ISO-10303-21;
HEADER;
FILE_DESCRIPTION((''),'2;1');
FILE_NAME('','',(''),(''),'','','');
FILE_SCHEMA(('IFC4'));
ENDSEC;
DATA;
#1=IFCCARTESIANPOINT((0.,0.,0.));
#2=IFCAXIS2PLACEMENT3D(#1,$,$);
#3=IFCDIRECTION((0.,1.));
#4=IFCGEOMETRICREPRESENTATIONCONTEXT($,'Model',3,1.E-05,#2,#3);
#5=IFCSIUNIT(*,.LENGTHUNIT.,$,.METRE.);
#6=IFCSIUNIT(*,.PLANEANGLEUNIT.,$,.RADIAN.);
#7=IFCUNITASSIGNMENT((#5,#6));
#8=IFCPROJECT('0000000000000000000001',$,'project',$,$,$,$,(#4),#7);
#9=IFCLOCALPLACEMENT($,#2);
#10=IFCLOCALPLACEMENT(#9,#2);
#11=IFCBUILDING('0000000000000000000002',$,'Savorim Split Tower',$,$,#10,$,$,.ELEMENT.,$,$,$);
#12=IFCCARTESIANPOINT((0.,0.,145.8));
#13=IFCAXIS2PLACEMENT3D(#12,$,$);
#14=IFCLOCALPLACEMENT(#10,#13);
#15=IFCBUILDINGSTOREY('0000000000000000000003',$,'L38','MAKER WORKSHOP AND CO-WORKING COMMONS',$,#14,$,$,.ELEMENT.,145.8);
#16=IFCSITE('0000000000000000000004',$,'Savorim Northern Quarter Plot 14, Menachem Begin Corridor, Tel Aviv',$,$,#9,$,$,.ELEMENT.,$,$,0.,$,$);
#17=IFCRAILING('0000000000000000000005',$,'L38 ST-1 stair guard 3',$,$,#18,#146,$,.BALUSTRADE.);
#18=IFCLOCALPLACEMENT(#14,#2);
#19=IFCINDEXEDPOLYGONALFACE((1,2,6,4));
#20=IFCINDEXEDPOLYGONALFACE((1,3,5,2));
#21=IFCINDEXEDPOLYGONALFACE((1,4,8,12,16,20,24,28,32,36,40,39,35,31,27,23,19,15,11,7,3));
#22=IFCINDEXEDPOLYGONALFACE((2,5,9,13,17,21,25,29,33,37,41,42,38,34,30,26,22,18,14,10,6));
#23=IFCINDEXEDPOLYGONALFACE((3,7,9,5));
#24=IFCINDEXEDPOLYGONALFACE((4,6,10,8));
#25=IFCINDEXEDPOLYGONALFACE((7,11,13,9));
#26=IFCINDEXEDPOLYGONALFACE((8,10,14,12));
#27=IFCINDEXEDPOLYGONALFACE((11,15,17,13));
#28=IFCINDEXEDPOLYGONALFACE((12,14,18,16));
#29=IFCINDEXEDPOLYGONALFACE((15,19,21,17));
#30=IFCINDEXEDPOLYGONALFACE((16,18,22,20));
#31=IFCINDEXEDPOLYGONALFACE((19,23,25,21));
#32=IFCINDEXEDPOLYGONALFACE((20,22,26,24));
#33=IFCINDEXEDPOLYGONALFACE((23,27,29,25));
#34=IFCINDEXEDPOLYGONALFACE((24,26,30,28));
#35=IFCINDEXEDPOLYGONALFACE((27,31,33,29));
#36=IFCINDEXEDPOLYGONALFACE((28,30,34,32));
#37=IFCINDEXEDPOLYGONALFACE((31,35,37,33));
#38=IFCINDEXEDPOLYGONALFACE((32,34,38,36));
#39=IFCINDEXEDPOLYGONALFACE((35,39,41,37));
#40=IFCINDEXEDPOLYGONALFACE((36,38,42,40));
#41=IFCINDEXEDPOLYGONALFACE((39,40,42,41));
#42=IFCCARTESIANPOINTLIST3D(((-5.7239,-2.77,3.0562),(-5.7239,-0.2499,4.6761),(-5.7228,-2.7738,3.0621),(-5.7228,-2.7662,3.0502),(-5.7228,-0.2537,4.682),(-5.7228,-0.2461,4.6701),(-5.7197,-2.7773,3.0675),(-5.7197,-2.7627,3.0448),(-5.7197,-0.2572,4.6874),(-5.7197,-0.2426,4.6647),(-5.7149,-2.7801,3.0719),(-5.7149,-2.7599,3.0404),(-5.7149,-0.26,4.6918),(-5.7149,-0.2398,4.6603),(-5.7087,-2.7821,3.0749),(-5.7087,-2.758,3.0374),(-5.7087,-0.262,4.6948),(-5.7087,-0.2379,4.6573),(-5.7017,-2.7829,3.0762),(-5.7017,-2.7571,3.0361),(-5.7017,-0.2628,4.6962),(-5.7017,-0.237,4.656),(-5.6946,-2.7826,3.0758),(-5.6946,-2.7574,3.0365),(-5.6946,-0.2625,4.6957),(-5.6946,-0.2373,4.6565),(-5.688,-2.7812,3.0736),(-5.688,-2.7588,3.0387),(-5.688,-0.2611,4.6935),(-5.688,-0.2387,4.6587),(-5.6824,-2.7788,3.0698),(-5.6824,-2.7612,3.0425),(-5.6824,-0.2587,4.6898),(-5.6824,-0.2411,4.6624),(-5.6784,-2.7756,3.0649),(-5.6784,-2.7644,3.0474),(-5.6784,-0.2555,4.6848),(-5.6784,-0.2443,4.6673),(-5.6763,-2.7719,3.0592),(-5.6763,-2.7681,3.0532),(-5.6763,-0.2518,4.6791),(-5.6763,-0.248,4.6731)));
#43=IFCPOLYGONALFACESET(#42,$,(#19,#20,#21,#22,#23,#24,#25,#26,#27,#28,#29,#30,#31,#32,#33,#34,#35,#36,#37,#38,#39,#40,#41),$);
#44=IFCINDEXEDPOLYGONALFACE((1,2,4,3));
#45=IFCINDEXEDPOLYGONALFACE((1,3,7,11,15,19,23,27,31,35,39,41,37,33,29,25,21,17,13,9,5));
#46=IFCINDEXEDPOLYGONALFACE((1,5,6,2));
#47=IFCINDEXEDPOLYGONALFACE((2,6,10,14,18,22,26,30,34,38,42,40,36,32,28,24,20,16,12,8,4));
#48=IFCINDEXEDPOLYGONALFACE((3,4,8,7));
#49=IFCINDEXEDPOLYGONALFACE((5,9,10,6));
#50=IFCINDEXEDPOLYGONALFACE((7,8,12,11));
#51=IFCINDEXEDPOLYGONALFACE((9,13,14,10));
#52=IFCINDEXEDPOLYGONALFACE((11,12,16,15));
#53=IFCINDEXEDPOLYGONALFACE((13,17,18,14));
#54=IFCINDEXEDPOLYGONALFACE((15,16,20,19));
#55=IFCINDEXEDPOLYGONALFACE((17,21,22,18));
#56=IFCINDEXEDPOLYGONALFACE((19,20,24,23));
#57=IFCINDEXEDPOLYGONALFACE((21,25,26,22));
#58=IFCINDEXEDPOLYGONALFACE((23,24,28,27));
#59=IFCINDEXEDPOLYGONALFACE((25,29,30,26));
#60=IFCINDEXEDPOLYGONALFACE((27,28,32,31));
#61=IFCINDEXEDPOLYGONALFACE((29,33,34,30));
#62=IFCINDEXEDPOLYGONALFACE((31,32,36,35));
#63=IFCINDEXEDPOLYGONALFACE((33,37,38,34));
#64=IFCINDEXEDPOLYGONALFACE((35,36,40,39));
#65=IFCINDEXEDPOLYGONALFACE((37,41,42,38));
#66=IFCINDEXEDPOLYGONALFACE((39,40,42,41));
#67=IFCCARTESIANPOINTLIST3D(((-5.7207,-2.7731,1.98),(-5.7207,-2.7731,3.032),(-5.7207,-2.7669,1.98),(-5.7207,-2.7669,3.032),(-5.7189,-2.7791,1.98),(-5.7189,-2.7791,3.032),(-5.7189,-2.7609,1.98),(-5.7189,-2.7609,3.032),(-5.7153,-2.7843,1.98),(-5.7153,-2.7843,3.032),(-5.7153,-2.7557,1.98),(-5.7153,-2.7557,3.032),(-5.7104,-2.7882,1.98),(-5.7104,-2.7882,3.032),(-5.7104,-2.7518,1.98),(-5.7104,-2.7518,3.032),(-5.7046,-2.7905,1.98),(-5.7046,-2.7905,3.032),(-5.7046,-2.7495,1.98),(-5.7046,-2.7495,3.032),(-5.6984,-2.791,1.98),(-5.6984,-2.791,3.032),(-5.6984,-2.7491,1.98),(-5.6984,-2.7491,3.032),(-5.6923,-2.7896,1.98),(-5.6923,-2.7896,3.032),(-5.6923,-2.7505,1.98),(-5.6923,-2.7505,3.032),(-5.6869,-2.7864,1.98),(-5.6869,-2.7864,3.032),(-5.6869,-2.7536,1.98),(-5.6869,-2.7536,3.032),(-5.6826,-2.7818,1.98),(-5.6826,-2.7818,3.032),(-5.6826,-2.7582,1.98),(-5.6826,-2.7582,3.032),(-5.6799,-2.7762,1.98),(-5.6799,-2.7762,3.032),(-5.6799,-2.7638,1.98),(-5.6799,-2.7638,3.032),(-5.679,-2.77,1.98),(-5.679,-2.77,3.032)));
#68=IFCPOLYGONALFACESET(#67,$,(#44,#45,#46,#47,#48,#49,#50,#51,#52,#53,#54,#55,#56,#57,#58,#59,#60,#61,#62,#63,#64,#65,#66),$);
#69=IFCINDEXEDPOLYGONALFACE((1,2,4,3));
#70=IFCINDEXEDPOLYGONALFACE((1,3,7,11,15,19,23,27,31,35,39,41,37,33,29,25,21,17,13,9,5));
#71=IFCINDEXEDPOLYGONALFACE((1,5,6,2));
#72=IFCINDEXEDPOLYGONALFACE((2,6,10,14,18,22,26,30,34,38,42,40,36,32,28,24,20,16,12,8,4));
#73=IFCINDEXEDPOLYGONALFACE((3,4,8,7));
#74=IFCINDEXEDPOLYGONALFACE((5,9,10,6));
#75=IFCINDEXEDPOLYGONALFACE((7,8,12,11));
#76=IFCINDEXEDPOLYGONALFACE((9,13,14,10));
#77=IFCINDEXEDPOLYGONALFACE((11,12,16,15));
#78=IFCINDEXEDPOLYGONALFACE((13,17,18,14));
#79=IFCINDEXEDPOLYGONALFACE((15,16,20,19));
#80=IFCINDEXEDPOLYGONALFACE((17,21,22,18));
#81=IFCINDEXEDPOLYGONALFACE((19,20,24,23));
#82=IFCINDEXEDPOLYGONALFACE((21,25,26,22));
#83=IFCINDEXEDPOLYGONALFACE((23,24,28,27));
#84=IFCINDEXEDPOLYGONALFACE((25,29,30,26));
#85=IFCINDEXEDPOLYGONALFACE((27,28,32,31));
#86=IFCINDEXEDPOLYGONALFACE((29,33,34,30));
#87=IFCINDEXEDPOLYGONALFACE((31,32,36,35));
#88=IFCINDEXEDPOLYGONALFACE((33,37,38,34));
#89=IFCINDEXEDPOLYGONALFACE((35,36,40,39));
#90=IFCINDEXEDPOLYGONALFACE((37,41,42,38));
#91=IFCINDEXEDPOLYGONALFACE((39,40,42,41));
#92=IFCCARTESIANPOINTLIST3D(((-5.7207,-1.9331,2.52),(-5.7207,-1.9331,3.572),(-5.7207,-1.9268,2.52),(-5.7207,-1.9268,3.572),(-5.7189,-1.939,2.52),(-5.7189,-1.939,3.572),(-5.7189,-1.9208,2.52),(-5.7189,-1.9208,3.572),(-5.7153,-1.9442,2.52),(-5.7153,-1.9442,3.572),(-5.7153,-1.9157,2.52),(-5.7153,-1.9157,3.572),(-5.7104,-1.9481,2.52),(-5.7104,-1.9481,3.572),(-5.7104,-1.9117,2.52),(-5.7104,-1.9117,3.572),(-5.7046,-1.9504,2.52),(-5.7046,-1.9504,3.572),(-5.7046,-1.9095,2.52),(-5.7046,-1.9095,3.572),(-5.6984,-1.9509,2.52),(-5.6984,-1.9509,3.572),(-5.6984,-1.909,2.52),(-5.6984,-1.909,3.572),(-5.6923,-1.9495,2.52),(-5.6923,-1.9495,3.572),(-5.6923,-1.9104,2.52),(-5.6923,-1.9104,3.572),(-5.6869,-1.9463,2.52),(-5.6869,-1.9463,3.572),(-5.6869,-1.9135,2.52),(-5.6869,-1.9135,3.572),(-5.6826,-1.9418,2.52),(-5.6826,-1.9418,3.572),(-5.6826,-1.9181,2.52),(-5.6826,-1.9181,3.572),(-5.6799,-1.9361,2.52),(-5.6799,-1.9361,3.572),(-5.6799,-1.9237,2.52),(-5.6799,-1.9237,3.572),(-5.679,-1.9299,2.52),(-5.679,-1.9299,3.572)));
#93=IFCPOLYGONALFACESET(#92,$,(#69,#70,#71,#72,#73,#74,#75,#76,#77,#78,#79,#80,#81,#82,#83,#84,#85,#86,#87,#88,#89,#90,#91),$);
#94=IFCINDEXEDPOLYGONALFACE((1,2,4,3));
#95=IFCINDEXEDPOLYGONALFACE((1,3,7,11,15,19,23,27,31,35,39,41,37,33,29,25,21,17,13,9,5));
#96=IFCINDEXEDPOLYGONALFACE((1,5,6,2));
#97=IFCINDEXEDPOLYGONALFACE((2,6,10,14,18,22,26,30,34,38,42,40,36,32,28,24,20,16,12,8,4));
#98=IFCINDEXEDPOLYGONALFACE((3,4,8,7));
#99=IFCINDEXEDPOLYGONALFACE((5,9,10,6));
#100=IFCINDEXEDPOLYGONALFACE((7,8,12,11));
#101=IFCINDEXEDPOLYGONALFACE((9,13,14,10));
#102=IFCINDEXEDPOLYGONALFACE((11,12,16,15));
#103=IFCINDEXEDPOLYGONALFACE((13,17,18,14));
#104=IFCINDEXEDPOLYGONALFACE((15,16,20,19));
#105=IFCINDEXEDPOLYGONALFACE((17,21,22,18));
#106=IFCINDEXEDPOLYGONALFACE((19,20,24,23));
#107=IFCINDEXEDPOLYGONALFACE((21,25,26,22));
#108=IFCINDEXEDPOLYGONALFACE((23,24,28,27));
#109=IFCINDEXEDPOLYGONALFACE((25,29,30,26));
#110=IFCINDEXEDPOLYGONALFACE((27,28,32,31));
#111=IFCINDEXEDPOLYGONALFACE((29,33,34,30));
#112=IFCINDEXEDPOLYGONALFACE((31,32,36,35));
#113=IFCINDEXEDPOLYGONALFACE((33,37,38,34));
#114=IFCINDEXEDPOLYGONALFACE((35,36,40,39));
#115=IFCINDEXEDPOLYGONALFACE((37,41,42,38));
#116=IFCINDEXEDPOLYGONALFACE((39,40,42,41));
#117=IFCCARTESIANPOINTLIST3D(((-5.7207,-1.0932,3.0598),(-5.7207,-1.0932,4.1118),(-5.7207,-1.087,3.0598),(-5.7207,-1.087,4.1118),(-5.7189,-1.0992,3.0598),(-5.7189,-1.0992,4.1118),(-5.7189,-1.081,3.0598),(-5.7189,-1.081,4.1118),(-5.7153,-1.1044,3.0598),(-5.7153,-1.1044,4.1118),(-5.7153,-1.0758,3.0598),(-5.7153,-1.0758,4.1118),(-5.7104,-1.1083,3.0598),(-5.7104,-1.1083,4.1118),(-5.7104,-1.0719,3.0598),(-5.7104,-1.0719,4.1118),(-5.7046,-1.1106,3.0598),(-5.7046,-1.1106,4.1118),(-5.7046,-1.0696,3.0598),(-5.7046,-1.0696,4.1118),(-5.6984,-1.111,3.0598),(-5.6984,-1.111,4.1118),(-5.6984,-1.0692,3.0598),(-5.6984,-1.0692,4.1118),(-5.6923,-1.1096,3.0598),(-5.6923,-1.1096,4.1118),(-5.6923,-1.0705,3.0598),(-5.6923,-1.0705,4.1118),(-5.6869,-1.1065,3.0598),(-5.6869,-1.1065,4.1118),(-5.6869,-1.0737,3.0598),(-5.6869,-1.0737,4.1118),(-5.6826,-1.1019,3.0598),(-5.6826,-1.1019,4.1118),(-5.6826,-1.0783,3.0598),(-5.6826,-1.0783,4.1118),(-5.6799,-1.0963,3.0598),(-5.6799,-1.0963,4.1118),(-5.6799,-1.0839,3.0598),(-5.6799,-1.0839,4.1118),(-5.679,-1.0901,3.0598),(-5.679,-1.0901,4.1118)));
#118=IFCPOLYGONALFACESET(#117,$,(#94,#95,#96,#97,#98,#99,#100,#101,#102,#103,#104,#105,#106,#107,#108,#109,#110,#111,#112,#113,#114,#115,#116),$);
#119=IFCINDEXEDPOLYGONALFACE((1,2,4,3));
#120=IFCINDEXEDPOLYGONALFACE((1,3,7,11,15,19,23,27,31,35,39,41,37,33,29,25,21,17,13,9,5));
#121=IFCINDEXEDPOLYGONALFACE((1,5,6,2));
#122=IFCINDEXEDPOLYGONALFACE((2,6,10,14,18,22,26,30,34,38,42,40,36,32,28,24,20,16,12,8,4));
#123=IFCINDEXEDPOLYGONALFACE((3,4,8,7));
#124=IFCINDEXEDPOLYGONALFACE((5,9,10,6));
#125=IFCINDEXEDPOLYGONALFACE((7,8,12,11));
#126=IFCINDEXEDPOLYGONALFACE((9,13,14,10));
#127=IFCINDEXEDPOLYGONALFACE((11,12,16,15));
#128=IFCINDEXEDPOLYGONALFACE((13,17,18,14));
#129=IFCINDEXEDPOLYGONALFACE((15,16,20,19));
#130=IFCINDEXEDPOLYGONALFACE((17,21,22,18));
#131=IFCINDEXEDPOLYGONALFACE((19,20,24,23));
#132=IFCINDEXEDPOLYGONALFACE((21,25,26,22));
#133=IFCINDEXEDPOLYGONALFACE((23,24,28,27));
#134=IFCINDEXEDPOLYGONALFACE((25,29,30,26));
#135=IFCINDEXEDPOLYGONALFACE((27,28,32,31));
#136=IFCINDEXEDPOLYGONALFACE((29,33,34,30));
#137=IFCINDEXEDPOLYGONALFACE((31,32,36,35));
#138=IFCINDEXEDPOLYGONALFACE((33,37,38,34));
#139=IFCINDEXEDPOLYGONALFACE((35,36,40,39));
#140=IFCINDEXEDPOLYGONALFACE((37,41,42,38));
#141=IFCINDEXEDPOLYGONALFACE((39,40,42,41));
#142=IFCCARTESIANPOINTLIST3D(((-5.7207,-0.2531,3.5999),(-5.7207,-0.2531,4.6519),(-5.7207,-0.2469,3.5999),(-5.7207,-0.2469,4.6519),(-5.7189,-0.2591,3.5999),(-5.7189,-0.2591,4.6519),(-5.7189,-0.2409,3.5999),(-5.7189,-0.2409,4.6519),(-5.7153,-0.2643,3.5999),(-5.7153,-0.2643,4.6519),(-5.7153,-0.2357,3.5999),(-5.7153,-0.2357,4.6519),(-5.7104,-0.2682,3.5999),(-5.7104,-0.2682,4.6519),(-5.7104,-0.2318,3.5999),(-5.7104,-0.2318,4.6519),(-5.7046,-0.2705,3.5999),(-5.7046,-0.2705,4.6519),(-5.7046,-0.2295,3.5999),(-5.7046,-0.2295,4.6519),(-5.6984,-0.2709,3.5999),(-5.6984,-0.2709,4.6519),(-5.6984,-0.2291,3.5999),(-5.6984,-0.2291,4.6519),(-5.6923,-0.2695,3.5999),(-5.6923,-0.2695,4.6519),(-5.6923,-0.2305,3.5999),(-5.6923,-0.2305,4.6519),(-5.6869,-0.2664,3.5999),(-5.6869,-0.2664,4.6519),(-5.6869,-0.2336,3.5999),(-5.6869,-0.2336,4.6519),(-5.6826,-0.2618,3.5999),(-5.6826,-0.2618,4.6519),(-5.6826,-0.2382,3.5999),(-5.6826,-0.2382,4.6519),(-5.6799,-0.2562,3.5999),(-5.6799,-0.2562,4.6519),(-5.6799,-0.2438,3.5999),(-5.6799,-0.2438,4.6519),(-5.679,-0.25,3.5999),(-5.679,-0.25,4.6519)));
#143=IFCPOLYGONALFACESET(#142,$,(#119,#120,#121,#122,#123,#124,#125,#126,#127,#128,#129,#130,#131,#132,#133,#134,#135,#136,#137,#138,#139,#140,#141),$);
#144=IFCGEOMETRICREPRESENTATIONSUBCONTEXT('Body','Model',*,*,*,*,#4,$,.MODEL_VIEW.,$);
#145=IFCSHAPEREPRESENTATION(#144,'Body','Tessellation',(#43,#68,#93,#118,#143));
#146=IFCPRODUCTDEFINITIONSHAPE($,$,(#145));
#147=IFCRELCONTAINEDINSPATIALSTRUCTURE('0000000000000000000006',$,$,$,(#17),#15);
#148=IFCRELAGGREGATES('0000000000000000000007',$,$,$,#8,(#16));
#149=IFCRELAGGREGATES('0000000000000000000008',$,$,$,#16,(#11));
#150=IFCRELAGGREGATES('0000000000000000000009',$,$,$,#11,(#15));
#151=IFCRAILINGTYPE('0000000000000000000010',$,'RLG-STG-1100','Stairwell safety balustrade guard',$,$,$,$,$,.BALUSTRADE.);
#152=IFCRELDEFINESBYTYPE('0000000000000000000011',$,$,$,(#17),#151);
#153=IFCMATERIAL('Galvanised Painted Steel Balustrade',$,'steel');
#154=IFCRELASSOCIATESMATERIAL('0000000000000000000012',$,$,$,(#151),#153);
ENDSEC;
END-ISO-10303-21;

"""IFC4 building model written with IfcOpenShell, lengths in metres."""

from ifc_helpers import new_model, si_unit, direction, frame, origin, origin_2d, place, context, subcontext, project, spatial, circle, extrude, material, type_object, element, save


model = new_model("IFC4")

# Units and contexts
model_context = context("Model", 3, precision=1e-05, world=origin(), true_north=direction((0.0, 1.0)))
body_context = subcontext(model_context, "Body", "Model", "MODEL_VIEW")
ifc_project = project(units=[si_unit("LENGTHUNIT", "METRE"), si_unit("PLANEANGLEUNIT", "RADIAN")], contexts=[model_context])

# Site, building, storey
site_placement = place(None, origin())
site = spatial("IfcSite", under=ifc_project, at=site_placement, Name="Savorim Northern Quarter Plot 14, Menachem Begin Corridor, Tel Aviv", CompositionType="ELEMENT", RefElevation=0.0)
building_placement = place(site_placement, origin())
building = spatial("IfcBuilding", under=site, at=building_placement, Name="Savorim Split Tower", CompositionType="ELEMENT")
storey_placement = place(building_placement, frame((0.0, 0.0, 145.8)))
storey = spatial("IfcBuildingStorey", under=building, at=storey_placement, Name="L38", Description="MAKER WORKSHOP AND CO-WORKING COMMONS", CompositionType="ELEMENT", Elevation=145.8)

# Railing
ifc_material_1 = material(Name="Galvanised Painted Steel Balustrade", Category="steel")
railing_type_1 = type_object("IfcRailingType", Name="RLG-STG-1100", Description="Stairwell safety balustrade guard", PredefinedType="BALUSTRADE", material=ifc_material_1)
railing_1_placement = place(storey_placement, frame((-5.7, -2.77, 1.98)))
element("IfcRailing", 1, at=railing_1_placement, inside=storey, type_object=railing_type_1, Name="L38 ST-1 stair guard 3", PredefinedType="BALUSTRADE", context=body_context, shape_type="SweptSolid", body=[
    extrude(circle(Radius=0.0239, at=origin_2d()), frame((0.0, 0.0, 1.0762), z_axis=(0.0, 0.8412, 0.540725), x_axis=(-1.0, 0.0, 0.0)), (0.0, 0.0, 1.0), 2.9958),
    extrude(circle(Radius=0.021, at=origin_2d()), origin(), (0.0, 0.0, 1.0), 1.052),
    extrude(circle(Radius=0.021, at=origin_2d()), frame((0.0, 0.8401, 0.54)), (0.0, 0.0, 1.0), 1.052),
    extrude(circle(Radius=0.021, at=origin_2d()), frame((0.0, 1.6799, 1.0798)), (0.0, 0.0, 1.0), 1.052),
    extrude(circle(Radius=0.021, at=origin_2d()), frame((0.0, 2.52, 1.6199)), (0.0, 0.0, 1.0), 1.052),
])

save(model, "model.ifc")
